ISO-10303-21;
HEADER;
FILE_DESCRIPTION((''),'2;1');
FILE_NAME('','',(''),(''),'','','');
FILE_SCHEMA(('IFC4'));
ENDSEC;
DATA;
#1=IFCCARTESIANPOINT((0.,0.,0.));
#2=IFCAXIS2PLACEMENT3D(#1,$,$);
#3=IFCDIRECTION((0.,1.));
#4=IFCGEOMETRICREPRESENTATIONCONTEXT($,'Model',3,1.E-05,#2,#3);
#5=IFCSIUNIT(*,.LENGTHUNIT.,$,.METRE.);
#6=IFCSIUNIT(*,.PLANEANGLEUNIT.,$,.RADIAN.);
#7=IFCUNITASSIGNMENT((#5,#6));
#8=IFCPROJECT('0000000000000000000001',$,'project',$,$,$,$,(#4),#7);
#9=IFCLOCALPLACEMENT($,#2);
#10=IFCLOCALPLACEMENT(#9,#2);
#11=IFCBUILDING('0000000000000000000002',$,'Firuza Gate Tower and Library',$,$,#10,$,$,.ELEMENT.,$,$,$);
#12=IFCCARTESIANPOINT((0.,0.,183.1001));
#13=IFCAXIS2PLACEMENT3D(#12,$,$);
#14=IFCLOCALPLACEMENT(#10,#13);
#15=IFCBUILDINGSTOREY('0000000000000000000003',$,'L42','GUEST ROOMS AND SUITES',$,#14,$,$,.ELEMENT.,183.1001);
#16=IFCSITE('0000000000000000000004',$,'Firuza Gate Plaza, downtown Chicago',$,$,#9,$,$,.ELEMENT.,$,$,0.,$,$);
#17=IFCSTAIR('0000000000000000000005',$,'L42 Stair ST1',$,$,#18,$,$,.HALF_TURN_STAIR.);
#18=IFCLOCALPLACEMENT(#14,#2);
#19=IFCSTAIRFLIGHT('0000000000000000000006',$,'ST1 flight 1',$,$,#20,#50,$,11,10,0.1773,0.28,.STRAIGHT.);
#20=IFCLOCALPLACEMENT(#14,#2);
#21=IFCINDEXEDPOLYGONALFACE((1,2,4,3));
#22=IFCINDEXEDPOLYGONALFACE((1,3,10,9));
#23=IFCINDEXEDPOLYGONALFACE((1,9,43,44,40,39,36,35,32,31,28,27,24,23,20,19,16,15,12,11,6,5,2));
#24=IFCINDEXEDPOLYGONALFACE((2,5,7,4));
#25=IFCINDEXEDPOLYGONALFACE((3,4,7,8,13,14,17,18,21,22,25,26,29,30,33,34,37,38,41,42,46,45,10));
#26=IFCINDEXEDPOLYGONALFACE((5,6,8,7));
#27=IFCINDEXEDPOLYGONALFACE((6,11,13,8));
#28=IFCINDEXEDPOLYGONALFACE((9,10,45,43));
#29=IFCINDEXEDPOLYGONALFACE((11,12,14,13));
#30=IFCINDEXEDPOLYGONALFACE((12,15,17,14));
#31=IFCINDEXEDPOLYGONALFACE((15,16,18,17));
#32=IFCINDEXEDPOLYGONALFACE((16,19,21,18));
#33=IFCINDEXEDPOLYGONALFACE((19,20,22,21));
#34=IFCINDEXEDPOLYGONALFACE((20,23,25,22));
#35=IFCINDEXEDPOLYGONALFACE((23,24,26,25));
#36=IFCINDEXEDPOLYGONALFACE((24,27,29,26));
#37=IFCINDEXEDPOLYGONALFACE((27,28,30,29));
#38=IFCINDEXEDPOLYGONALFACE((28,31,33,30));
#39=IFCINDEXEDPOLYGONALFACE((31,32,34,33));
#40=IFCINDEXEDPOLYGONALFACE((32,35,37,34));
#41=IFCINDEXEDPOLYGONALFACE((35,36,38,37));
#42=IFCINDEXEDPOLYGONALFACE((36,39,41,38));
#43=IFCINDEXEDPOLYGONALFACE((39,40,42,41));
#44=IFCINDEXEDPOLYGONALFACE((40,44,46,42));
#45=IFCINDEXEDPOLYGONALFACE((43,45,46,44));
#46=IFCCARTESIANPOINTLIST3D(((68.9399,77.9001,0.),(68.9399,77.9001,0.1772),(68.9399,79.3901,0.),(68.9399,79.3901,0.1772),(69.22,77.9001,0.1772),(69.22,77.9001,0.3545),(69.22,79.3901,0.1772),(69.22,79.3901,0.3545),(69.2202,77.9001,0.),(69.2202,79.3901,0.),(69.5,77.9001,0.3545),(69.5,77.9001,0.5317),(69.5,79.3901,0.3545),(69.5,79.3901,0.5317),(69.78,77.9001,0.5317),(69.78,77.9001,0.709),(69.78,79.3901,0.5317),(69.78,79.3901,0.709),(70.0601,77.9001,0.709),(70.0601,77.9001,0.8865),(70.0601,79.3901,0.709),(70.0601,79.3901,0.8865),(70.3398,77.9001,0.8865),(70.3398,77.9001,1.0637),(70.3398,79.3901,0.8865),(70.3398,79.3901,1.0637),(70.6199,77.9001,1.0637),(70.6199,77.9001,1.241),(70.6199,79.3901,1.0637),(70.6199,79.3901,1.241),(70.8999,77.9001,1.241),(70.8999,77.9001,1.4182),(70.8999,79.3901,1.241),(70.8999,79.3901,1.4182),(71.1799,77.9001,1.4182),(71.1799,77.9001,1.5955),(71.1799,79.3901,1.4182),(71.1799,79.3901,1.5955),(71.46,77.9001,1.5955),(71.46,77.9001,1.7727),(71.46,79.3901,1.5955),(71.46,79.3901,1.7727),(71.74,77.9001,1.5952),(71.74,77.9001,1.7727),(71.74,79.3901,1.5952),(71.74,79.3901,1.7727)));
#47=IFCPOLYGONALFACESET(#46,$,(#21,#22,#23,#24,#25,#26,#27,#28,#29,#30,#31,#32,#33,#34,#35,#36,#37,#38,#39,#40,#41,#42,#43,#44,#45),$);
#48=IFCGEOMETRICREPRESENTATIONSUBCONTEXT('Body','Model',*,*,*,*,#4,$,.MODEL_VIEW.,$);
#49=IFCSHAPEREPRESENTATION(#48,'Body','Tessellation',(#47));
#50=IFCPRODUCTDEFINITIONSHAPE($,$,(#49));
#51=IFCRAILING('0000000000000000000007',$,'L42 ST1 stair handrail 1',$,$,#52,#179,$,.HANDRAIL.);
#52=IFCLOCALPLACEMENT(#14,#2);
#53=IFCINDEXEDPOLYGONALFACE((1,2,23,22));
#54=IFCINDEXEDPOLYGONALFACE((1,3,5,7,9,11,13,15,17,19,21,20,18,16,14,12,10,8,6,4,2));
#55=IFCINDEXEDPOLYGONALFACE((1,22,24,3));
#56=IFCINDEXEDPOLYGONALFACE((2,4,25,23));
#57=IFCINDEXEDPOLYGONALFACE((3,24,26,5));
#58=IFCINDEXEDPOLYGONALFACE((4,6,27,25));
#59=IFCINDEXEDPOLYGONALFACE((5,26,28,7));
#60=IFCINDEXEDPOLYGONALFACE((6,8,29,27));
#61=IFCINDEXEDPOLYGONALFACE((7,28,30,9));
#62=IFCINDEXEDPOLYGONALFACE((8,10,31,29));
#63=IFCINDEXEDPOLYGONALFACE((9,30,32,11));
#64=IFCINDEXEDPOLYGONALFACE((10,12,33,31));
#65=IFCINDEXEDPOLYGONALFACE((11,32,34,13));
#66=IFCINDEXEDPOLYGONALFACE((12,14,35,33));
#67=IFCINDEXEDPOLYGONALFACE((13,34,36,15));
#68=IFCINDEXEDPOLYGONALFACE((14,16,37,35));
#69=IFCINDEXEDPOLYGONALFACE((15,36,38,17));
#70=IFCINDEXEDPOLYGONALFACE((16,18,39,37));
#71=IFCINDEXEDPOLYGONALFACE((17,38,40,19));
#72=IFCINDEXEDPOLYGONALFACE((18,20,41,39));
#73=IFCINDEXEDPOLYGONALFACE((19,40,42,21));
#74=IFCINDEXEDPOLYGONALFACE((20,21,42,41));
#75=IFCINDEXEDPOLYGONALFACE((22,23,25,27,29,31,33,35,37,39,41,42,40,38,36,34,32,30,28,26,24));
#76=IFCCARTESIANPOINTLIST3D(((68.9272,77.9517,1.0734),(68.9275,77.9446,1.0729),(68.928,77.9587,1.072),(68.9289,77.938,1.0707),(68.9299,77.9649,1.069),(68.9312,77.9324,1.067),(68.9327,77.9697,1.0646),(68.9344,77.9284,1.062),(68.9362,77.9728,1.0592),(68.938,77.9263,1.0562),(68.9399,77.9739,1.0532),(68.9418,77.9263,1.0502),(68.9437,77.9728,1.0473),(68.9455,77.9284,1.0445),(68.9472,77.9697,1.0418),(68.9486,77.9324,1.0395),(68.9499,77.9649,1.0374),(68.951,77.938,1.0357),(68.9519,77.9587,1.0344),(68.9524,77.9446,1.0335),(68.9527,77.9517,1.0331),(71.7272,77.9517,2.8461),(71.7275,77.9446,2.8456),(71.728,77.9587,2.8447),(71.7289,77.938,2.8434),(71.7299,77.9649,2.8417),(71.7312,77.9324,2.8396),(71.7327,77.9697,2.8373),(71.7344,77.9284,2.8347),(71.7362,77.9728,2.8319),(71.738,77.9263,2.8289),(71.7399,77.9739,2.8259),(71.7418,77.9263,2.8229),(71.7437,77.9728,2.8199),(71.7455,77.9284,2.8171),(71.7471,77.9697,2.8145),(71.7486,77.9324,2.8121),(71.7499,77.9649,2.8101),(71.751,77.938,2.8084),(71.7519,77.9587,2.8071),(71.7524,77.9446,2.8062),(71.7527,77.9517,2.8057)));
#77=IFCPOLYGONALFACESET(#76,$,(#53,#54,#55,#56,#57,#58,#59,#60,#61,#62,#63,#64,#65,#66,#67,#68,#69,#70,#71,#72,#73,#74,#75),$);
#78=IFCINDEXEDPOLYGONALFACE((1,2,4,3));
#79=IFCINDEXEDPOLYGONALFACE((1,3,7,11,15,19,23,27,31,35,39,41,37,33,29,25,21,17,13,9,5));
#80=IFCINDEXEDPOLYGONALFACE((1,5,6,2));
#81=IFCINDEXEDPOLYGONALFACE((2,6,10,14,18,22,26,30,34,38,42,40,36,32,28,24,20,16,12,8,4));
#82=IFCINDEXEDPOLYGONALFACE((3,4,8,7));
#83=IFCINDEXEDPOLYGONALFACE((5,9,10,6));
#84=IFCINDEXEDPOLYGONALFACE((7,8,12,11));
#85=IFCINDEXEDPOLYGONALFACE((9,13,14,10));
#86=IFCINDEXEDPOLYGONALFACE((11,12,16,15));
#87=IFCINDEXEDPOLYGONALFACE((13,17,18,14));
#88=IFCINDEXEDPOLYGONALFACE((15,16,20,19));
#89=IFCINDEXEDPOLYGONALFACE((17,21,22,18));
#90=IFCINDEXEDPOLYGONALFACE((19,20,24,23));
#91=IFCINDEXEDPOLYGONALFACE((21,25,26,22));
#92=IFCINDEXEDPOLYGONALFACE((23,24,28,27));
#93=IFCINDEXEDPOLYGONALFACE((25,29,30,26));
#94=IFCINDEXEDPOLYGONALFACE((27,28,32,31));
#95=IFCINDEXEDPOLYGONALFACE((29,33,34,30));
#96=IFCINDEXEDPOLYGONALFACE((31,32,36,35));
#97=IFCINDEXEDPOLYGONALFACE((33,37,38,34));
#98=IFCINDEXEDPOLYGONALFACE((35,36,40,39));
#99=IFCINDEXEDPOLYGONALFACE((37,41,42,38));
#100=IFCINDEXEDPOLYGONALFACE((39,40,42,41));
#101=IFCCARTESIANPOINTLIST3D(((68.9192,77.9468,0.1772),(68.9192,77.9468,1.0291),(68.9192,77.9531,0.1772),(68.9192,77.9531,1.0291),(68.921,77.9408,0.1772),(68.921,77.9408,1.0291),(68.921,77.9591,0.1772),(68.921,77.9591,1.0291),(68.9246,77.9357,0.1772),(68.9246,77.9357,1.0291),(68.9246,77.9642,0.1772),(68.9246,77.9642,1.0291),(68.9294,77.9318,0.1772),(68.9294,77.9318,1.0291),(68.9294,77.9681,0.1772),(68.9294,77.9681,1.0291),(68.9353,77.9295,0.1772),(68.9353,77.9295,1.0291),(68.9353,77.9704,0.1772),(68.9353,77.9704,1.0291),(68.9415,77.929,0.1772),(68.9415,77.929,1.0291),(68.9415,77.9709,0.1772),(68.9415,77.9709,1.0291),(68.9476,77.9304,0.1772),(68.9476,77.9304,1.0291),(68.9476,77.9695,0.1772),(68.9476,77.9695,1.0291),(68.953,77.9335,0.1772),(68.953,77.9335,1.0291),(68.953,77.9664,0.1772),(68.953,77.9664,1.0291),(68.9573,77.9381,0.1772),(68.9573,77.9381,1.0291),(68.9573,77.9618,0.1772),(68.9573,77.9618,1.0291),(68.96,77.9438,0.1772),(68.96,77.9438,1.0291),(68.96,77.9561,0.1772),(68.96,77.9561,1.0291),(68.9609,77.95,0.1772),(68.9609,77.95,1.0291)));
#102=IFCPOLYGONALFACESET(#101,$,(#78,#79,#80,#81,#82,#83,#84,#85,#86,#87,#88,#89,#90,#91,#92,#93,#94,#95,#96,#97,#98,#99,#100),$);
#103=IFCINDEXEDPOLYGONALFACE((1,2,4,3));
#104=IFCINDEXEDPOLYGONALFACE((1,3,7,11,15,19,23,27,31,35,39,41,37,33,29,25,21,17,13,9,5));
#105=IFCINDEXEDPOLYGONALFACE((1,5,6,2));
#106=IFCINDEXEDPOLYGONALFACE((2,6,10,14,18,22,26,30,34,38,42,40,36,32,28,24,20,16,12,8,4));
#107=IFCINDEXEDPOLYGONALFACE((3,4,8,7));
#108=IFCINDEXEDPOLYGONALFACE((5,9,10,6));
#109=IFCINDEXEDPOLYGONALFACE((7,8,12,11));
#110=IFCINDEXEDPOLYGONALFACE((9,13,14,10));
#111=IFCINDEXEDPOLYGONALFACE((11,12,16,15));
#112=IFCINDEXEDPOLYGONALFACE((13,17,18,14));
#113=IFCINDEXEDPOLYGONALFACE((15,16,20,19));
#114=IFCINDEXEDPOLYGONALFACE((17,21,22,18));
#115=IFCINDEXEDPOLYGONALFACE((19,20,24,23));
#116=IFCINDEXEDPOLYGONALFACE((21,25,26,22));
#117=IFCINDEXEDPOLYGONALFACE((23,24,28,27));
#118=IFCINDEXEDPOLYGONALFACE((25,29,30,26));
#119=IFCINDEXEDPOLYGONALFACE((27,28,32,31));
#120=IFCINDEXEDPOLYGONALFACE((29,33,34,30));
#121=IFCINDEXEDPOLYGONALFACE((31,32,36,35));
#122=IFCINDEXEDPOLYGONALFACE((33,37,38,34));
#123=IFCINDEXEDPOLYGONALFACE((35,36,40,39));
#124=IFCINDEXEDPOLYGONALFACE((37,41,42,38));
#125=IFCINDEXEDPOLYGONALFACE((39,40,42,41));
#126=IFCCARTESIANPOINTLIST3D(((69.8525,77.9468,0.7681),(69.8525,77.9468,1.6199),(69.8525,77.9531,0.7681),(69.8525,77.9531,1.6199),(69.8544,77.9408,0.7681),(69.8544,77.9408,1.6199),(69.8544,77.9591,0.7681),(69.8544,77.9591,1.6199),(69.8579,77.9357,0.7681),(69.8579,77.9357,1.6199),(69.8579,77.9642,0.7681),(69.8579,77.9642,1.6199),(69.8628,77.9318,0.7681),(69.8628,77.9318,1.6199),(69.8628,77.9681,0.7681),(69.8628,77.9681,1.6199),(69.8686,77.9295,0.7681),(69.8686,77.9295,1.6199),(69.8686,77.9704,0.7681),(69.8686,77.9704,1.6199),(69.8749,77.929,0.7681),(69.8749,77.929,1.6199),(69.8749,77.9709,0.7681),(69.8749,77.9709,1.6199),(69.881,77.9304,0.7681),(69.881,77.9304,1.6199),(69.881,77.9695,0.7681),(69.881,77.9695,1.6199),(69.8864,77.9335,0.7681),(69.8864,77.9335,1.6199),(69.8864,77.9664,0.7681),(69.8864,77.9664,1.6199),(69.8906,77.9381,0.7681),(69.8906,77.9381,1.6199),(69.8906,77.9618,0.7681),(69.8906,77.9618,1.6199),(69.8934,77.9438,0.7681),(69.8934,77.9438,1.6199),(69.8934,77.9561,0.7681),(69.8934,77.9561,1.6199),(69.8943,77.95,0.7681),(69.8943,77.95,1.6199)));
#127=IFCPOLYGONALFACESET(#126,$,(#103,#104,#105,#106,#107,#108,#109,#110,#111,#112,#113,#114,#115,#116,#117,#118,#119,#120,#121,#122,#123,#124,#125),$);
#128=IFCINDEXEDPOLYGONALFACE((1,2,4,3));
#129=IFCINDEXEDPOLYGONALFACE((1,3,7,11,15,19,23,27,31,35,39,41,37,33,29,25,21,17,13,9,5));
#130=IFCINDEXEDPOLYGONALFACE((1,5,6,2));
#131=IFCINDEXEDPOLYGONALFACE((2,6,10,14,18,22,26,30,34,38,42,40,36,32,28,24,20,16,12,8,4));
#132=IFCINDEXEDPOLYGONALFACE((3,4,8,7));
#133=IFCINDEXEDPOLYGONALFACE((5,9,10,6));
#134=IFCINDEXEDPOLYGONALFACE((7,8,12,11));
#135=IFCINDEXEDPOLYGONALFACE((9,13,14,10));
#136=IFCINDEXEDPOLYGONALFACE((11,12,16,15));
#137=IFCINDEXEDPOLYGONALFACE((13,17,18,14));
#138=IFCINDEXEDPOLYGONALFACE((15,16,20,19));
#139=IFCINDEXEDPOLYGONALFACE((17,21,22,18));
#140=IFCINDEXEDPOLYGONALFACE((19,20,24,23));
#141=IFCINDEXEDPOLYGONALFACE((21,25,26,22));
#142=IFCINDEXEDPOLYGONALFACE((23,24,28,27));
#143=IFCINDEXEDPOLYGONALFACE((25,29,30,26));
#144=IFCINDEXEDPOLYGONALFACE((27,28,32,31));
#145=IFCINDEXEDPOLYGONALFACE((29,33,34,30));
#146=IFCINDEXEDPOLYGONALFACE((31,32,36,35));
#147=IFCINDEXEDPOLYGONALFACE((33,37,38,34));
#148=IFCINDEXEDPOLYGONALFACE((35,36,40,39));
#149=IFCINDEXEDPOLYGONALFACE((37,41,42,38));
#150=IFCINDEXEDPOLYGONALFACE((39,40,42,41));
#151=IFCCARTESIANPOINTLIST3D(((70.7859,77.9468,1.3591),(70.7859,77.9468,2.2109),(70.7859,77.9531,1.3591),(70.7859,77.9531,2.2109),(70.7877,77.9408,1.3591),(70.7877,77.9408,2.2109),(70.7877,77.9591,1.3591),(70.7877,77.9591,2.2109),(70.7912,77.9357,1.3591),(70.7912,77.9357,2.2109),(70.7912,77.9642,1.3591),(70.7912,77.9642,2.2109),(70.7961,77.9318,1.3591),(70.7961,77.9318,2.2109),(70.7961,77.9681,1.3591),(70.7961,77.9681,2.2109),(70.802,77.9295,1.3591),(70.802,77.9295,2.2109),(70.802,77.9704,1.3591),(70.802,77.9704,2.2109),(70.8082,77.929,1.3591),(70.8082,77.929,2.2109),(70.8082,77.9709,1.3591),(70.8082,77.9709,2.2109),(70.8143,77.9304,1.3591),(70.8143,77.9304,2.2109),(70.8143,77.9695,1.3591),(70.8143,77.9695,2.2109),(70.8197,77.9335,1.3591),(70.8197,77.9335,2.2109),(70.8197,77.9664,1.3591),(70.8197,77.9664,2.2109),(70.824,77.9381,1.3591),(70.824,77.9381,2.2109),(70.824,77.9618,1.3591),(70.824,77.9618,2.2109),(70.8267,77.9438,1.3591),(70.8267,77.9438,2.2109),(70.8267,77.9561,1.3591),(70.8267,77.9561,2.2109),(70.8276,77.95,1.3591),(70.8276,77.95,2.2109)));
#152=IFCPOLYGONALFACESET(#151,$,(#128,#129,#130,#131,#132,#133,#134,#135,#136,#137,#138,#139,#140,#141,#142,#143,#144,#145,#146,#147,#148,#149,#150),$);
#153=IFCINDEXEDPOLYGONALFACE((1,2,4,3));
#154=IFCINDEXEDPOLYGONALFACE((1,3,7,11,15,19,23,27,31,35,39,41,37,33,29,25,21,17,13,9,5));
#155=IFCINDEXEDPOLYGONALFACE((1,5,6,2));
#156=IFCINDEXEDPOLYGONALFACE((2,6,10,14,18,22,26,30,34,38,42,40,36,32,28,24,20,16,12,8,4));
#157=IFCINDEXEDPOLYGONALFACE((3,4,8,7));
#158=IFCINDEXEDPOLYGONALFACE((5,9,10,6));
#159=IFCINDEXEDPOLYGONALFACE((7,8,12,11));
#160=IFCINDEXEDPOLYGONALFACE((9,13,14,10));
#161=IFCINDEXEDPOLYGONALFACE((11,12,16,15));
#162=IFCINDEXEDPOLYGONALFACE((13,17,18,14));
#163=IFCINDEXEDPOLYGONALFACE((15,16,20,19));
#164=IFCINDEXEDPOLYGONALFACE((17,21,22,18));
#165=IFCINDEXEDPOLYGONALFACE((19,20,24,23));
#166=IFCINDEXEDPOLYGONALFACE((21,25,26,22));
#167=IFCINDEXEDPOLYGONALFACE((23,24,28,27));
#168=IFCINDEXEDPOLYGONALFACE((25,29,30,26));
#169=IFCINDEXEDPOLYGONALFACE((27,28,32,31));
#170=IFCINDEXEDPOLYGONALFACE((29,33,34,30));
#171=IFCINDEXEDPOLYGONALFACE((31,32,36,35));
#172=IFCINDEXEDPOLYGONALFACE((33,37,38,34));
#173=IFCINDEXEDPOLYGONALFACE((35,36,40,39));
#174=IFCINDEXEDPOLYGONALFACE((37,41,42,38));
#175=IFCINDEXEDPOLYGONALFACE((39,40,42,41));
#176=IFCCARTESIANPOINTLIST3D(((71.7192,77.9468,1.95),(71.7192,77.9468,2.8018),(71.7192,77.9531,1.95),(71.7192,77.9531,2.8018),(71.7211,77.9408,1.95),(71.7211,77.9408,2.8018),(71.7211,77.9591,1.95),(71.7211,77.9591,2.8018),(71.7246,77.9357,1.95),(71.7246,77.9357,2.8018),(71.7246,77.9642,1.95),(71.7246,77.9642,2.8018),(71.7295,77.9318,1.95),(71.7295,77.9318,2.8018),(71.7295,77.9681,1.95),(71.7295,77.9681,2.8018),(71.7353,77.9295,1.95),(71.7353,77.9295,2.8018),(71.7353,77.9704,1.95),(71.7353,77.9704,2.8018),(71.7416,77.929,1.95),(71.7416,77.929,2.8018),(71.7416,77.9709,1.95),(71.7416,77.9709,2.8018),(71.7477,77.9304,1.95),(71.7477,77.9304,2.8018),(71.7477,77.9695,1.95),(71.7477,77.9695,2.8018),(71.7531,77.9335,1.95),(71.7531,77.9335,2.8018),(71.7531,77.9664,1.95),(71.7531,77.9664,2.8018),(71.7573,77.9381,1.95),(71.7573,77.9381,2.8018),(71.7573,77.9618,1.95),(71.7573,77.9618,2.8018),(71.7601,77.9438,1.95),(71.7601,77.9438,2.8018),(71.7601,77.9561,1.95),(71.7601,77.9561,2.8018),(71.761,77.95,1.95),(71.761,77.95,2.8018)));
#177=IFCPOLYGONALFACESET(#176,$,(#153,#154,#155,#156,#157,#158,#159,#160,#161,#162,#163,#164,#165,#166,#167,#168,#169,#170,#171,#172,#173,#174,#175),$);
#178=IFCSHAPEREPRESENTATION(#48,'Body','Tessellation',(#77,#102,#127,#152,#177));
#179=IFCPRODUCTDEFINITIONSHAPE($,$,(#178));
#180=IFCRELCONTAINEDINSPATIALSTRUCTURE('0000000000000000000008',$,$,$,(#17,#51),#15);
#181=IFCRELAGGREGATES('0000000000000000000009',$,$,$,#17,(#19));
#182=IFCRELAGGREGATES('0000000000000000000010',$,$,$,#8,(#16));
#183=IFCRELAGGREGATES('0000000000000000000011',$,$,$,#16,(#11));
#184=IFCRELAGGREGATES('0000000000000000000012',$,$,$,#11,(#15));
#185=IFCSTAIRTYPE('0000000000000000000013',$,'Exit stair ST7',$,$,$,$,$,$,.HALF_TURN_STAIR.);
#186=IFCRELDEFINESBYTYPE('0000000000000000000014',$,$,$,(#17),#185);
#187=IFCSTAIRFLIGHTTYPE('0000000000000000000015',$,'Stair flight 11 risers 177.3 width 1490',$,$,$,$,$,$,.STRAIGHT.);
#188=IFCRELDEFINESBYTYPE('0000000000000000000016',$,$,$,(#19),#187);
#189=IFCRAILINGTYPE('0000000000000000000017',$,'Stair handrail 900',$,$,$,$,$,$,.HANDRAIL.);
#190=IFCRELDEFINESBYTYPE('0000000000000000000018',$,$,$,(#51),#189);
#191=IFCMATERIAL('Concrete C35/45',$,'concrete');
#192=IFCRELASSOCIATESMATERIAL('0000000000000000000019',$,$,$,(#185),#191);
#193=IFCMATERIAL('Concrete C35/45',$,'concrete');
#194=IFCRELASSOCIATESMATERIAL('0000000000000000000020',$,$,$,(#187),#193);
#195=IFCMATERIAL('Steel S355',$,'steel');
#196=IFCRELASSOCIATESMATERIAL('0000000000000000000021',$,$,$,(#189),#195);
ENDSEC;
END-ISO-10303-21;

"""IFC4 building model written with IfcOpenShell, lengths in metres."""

from ifc_helpers import new_model, si_unit, direction, frame, origin, origin_2d, place, context, subcontext, project, spatial, polyline, circle, outline, extrude, material, type_object, element, aggregate, save


model = new_model("IFC4")

# Units and contexts
model_context = context("Model", 3, precision=1e-05, world=origin(), true_north=direction((0.0, 1.0)))
body_context = subcontext(model_context, "Body", "Model", "MODEL_VIEW")
ifc_project = project(units=[si_unit("LENGTHUNIT", "METRE"), si_unit("PLANEANGLEUNIT", "RADIAN")], contexts=[model_context])

# Site, building, storey
site_placement = place(None, origin())
site = spatial("IfcSite", under=ifc_project, at=site_placement, Name="Firuza Gate Plaza, downtown Chicago", CompositionType="ELEMENT", RefElevation=0.0)
building_placement = place(site_placement, origin())
building = spatial("IfcBuilding", under=site, at=building_placement, Name="Firuza Gate Tower and Library", CompositionType="ELEMENT")
storey_placement = place(building_placement, frame((0.0, 0.0, 183.1001)))
storey = spatial("IfcBuildingStorey", under=building, at=storey_placement, Name="L42", Description="GUEST ROOMS AND SUITES", CompositionType="ELEMENT", Elevation=183.1001)

# Stair, stair flight
ifc_material_1 = material(Name="Concrete C35/45", Category="concrete")
stair_type = type_object("IfcStairType", Name="Exit stair ST7", PredefinedType="HALF_TURN_STAIR", material=ifc_material_1)
stair_placement = place(storey_placement, origin())
stair = element("IfcStair", 1, at=stair_placement, inside=storey, type_object=stair_type, Name="L42 Stair ST1", PredefinedType="HALF_TURN_STAIR")
ifc_material_2 = material(Name="Concrete C35/45", Category="concrete")
stair_flight_type = type_object("IfcStairFlightType", Name="Stair flight 11 risers 177.3 width 1490", PredefinedType="STRAIGHT", material=ifc_material_2)
stair_flight_placement = place(storey_placement, frame((68.9399, 78.645, 0.0), z_axis=(0.0, 0.0, 1.0), x_axis=(1.0, 0.0, 0.0)))
stair_flight = element("IfcStairFlight", 2, at=stair_flight_placement, type_object=stair_flight_type, Name="ST1 flight 1", NumberOfRisers=11, NumberOfTreads=10, PredefinedType="STRAIGHT", RiserHeight=0.1773, TreadLength=0.28, context=body_context, shape_type="SweptSolid", body=[
    extrude(outline(polyline([(0.0, 0.0), (0.0, 0.1772), (0.28, 0.1772), (0.28, 0.3545), (0.5601, 0.3545), (0.5601, 0.5317), (0.8401, 0.5317), (0.8401, 0.709), (1.1201, 0.709), (1.1201, 0.8865), (1.3999, 0.8865), (1.3999, 1.0637), (1.6799, 1.0637), (1.6799, 1.241), (1.96, 1.241), (1.96, 1.4182), (2.24, 1.4182), (2.24, 1.5955), (2.52, 1.5955), (2.52, 1.7727), (2.8, 1.7727), (2.8, 1.95), (2.8, 1.5952), (0.2803, 0.0), (0.0, 0.0)])), frame((0.0, 0.7451, 0.0), z_axis=(0.0, -1.0, 0.0), x_axis=(1.0, 0.0, 0.0)), (0.0, 0.0, 1.0), 1.49),
])
aggregate(stair, [stair_flight])

# Railing
ifc_material_3 = material(Name="Steel S355", Category="steel")
railing_type_1 = type_object("IfcRailingType", Name="Stair handrail 900", PredefinedType="HANDRAIL", material=ifc_material_3)
railing_1_placement = place(storey_placement, frame((68.9399, 77.95, 0.1772)))
element("IfcRailing", 3, at=railing_1_placement, inside=storey, type_object=railing_type_1, Name="L42 ST1 stair handrail 1", PredefinedType="HANDRAIL", context=body_context, shape_type="SweptSolid", body=[
    extrude(circle(Radius=0.0239, at=origin_2d()), frame((0.0, 0.0, 0.876), z_axis=(0.844909, 0.0, 0.53491), x_axis=(0.0, 1.0, 0.0)), (0.0, 0.0, 1.0), 3.314),
    extrude(circle(Radius=0.021, at=origin_2d()), origin(), (0.0, 0.0, 1.0), 0.8518),
    extrude(circle(Radius=0.021, at=origin_2d()), frame((0.9333, 0.0, 0.5908)), (0.0, 0.0, 1.0), 0.8518),
    extrude(circle(Radius=0.021, at=origin_2d()), frame((1.8667, 0.0, 1.1819)), (0.0, 0.0, 1.0), 0.8518),
    extrude(circle(Radius=0.021, at=origin_2d()), frame((2.8, 0.0, 1.7727)), (0.0, 0.0, 1.0), 0.8518),
])

save(model, "model.ifc")
